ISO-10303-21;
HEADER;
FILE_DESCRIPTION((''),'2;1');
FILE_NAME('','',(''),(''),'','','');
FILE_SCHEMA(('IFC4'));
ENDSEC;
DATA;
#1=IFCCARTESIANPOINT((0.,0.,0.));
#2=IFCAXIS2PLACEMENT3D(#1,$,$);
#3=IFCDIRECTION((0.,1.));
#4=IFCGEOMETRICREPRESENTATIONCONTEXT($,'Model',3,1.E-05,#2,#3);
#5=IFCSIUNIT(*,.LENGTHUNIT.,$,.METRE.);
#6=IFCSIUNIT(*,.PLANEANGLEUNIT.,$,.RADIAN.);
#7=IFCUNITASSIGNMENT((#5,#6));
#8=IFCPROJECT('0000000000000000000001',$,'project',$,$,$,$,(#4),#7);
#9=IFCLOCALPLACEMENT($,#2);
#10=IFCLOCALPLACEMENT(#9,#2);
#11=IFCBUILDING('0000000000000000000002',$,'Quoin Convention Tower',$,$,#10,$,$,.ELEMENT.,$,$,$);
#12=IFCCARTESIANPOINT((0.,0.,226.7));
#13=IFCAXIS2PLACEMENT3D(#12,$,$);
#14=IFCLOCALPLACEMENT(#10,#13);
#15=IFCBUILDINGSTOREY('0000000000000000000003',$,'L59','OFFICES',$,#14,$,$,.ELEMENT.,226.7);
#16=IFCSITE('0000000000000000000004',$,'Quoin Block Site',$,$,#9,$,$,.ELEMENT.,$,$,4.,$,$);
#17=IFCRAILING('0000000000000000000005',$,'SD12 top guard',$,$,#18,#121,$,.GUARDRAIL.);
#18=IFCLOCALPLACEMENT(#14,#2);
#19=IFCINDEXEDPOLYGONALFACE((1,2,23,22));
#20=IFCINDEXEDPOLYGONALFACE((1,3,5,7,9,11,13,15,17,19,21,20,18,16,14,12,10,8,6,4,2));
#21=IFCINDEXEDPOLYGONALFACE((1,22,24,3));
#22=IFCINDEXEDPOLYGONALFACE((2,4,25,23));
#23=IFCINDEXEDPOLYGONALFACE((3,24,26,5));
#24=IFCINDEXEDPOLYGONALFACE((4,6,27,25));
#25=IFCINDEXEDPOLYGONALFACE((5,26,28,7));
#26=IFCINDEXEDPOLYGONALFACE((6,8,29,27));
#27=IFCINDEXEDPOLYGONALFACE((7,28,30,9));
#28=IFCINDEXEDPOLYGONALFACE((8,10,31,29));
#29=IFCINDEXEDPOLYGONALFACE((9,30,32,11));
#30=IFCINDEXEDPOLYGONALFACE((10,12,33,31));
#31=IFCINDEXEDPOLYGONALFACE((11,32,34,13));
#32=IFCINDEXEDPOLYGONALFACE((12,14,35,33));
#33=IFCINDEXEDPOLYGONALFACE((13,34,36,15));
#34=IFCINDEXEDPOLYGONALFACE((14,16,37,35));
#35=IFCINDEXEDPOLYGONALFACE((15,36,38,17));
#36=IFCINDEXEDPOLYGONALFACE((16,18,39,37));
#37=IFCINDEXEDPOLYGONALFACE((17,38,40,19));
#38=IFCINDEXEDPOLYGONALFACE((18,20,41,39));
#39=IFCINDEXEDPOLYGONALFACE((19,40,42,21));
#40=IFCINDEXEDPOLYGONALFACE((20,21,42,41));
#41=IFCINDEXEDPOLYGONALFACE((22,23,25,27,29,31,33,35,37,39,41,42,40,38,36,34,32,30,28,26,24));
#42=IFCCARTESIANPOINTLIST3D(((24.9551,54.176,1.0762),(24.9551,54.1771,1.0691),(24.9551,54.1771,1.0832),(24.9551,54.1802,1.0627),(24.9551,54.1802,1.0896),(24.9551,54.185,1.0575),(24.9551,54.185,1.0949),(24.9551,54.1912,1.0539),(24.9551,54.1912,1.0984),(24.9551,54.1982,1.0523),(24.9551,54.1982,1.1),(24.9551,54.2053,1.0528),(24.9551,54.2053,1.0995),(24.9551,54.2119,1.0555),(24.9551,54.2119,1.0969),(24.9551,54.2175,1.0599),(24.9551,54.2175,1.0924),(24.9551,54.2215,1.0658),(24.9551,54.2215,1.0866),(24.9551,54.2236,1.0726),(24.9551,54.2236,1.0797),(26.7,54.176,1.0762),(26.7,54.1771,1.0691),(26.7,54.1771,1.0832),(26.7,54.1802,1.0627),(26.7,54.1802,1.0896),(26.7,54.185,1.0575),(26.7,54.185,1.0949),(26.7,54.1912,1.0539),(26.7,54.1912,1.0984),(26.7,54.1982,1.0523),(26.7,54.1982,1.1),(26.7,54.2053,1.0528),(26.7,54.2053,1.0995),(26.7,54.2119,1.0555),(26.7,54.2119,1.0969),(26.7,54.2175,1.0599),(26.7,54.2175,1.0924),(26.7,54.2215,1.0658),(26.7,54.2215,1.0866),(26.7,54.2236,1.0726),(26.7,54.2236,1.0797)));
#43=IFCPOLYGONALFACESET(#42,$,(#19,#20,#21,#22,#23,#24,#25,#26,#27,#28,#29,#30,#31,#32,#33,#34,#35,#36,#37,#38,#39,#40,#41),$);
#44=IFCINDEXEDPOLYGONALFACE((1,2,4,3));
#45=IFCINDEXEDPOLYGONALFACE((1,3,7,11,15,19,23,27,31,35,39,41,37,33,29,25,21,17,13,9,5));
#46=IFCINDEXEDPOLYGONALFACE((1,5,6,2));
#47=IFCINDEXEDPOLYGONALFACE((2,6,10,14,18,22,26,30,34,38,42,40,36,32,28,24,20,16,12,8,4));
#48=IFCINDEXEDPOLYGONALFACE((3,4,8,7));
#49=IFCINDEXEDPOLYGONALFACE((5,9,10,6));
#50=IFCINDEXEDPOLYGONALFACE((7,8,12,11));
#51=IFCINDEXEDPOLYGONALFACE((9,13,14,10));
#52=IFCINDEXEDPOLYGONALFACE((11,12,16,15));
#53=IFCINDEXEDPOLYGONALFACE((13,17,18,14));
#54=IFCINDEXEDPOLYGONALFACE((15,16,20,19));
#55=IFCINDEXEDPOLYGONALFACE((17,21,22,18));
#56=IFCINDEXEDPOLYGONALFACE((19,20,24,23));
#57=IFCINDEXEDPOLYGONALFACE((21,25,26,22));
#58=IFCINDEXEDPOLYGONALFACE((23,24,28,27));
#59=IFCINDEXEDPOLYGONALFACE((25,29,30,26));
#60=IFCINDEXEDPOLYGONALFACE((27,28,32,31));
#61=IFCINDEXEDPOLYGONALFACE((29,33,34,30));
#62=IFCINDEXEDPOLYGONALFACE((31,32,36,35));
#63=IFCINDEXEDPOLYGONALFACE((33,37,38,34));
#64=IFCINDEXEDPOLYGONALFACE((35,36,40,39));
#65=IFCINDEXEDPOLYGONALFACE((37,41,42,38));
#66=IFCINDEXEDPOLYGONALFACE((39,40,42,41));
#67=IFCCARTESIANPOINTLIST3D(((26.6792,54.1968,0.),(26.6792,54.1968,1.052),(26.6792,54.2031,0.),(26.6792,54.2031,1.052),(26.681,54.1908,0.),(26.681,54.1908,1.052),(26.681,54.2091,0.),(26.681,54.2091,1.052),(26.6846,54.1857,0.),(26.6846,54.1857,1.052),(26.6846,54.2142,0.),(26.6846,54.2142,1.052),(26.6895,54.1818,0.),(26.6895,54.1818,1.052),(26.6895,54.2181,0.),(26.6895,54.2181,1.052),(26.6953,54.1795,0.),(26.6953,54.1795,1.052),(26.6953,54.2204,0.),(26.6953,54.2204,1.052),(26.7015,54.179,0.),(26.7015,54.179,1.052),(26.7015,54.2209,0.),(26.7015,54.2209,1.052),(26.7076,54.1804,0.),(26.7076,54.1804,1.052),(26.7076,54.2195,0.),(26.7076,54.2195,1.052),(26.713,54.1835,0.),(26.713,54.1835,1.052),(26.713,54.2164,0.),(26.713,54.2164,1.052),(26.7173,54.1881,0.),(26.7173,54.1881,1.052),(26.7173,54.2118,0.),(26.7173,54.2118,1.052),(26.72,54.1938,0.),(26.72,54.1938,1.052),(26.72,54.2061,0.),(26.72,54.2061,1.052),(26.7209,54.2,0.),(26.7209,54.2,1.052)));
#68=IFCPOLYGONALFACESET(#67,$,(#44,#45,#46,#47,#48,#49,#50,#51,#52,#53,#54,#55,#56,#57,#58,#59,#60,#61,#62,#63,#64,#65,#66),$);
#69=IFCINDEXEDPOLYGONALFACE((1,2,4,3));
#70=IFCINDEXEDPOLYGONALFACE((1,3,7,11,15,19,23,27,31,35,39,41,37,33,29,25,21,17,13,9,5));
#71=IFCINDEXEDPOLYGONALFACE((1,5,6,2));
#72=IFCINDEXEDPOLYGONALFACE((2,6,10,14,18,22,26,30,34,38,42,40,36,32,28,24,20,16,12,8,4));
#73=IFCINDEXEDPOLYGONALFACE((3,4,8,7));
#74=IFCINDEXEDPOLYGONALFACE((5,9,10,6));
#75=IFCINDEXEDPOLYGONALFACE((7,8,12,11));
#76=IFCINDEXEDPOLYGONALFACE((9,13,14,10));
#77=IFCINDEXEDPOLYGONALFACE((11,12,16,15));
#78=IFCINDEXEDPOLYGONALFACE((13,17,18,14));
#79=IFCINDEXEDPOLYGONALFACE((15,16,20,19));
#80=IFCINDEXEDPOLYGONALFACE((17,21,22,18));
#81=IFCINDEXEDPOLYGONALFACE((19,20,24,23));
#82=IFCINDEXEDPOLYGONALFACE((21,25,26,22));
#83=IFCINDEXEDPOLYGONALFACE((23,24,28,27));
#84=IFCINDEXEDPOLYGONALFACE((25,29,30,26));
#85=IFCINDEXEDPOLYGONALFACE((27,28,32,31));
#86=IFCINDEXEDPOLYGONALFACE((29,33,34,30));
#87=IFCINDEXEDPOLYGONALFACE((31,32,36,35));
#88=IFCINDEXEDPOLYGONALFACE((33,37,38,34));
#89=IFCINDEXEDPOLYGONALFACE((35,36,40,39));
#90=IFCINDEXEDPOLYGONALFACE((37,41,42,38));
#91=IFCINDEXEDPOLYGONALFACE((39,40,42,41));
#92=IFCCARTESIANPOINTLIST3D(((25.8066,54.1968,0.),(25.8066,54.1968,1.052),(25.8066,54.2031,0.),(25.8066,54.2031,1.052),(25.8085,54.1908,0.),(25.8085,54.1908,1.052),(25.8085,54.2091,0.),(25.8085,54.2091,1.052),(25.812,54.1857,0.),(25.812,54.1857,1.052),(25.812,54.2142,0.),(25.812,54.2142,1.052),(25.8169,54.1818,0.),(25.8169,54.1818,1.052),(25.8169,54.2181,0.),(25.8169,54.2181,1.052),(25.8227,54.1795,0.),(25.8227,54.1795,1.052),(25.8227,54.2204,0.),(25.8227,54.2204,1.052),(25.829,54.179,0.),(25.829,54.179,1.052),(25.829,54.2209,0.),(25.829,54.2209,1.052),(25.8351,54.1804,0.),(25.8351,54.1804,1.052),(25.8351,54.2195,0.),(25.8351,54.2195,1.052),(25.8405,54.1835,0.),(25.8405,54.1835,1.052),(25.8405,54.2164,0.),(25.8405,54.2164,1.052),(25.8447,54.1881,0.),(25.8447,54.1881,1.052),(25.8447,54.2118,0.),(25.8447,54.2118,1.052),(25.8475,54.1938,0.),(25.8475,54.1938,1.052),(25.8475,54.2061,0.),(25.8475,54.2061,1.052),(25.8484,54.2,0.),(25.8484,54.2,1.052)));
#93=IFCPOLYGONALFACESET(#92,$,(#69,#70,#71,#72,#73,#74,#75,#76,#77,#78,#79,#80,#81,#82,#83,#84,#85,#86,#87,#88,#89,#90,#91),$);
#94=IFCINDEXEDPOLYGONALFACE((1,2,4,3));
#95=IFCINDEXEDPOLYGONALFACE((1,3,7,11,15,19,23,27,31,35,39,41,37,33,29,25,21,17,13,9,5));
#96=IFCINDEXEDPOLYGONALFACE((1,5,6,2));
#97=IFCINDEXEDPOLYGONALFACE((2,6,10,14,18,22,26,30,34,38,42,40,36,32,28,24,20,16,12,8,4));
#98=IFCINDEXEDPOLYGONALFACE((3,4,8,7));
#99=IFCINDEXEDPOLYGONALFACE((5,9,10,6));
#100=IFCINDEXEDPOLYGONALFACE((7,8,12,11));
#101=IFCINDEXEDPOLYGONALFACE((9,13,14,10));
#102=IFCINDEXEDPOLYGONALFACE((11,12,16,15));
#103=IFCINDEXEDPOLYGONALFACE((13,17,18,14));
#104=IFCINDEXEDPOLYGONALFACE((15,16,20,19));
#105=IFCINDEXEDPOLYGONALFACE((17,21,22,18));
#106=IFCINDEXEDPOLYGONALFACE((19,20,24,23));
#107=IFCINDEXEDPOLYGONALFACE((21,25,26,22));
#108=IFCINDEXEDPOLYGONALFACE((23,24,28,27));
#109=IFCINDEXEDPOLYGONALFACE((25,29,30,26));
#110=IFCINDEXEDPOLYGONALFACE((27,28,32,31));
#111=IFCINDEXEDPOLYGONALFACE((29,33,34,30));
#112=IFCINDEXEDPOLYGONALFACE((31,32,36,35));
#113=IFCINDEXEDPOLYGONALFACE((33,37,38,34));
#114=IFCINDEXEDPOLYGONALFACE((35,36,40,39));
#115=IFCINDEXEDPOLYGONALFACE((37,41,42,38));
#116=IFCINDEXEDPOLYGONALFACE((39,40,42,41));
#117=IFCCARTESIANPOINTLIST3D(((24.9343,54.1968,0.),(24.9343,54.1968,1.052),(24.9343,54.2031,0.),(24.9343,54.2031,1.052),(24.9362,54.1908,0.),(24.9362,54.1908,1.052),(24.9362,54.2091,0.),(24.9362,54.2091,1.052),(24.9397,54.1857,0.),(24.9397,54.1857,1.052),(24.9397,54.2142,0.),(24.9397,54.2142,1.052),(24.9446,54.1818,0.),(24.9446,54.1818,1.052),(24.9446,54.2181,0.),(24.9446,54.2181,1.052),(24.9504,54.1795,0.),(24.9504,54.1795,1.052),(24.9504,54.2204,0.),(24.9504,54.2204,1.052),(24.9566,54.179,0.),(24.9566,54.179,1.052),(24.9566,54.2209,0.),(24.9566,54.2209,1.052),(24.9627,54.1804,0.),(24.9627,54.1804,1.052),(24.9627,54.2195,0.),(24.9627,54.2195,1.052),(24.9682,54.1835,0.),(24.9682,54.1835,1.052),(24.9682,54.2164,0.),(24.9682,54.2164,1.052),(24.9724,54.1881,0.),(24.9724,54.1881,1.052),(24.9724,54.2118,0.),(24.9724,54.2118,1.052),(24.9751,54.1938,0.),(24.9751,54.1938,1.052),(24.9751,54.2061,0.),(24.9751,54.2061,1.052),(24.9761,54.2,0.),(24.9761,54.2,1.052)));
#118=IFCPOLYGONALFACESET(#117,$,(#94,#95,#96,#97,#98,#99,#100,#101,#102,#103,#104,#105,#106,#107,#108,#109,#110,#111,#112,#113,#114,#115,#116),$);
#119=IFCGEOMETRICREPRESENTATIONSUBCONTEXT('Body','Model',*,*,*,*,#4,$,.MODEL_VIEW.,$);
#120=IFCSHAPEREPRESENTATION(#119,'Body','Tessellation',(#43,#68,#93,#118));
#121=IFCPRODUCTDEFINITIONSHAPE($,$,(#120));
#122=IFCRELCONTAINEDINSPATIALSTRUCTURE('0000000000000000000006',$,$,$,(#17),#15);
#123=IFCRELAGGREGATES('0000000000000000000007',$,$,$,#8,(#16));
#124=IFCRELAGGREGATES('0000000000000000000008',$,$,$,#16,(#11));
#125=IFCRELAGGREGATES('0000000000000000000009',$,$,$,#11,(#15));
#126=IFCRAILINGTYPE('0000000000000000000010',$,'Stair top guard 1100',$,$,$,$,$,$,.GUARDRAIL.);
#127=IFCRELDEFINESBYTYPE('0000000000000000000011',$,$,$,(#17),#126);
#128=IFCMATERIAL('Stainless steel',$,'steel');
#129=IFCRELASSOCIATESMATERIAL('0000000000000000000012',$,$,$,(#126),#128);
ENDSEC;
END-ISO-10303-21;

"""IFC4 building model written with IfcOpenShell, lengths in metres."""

from ifc_helpers import new_model, si_unit, direction, frame, origin, origin_2d, place, context, subcontext, project, spatial, circle, extrude, material, type_object, element, save


model = new_model("IFC4")

# Units and contexts
model_context = context("Model", 3, precision=1e-05, world=origin(), true_north=direction((0.0, 1.0)))
body_context = subcontext(model_context, "Body", "Model", "MODEL_VIEW")
ifc_project = project(units=[si_unit("LENGTHUNIT", "METRE"), si_unit("PLANEANGLEUNIT", "RADIAN")], contexts=[model_context])

# Site, building, storey
site_placement = place(None, origin())
site = spatial("IfcSite", under=ifc_project, at=site_placement, Name="Quoin Block Site", CompositionType="ELEMENT", RefElevation=4.0)
building_placement = place(site_placement, origin())
building = spatial("IfcBuilding", under=site, at=building_placement, Name="Quoin Convention Tower", CompositionType="ELEMENT")
storey_placement = place(building_placement, frame((0.0, 0.0, 226.7)))
storey = spatial("IfcBuildingStorey", under=building, at=storey_placement, Name="L59", Description="OFFICES", CompositionType="ELEMENT", Elevation=226.7)

# Railing
ifc_material_1 = material(Name="Stainless steel", Category="steel")
railing_type_1 = type_object("IfcRailingType", Name="Stair top guard 1100", PredefinedType="GUARDRAIL", material=ifc_material_1)
railing_1_placement = place(storey_placement, frame((26.7, 54.2, 0.0)))
element("IfcRailing", 1, at=railing_1_placement, inside=storey, type_object=railing_type_1, Name="SD12 top guard", PredefinedType="GUARDRAIL", context=body_context, shape_type="SweptSolid", body=[
    extrude(circle(Radius=0.0239, at=origin_2d()), frame((0.0, 0.0, 1.0762), z_axis=(-1.0, 0.0, 0.0), x_axis=(0.0, -1.0, 0.0)), (0.0, 0.0, 1.0), 1.7449),
    extrude(circle(Radius=0.021, at=origin_2d()), origin(), (0.0, 0.0, 1.0), 1.052),
    extrude(circle(Radius=0.021, at=origin_2d()), frame((-0.8726, 0.0, 0.0)), (0.0, 0.0, 1.0), 1.052),
    extrude(circle(Radius=0.021, at=origin_2d()), frame((-1.7449, 0.0, 0.0)), (0.0, 0.0, 1.0), 1.052),
])

save(model, "model.ifc")
